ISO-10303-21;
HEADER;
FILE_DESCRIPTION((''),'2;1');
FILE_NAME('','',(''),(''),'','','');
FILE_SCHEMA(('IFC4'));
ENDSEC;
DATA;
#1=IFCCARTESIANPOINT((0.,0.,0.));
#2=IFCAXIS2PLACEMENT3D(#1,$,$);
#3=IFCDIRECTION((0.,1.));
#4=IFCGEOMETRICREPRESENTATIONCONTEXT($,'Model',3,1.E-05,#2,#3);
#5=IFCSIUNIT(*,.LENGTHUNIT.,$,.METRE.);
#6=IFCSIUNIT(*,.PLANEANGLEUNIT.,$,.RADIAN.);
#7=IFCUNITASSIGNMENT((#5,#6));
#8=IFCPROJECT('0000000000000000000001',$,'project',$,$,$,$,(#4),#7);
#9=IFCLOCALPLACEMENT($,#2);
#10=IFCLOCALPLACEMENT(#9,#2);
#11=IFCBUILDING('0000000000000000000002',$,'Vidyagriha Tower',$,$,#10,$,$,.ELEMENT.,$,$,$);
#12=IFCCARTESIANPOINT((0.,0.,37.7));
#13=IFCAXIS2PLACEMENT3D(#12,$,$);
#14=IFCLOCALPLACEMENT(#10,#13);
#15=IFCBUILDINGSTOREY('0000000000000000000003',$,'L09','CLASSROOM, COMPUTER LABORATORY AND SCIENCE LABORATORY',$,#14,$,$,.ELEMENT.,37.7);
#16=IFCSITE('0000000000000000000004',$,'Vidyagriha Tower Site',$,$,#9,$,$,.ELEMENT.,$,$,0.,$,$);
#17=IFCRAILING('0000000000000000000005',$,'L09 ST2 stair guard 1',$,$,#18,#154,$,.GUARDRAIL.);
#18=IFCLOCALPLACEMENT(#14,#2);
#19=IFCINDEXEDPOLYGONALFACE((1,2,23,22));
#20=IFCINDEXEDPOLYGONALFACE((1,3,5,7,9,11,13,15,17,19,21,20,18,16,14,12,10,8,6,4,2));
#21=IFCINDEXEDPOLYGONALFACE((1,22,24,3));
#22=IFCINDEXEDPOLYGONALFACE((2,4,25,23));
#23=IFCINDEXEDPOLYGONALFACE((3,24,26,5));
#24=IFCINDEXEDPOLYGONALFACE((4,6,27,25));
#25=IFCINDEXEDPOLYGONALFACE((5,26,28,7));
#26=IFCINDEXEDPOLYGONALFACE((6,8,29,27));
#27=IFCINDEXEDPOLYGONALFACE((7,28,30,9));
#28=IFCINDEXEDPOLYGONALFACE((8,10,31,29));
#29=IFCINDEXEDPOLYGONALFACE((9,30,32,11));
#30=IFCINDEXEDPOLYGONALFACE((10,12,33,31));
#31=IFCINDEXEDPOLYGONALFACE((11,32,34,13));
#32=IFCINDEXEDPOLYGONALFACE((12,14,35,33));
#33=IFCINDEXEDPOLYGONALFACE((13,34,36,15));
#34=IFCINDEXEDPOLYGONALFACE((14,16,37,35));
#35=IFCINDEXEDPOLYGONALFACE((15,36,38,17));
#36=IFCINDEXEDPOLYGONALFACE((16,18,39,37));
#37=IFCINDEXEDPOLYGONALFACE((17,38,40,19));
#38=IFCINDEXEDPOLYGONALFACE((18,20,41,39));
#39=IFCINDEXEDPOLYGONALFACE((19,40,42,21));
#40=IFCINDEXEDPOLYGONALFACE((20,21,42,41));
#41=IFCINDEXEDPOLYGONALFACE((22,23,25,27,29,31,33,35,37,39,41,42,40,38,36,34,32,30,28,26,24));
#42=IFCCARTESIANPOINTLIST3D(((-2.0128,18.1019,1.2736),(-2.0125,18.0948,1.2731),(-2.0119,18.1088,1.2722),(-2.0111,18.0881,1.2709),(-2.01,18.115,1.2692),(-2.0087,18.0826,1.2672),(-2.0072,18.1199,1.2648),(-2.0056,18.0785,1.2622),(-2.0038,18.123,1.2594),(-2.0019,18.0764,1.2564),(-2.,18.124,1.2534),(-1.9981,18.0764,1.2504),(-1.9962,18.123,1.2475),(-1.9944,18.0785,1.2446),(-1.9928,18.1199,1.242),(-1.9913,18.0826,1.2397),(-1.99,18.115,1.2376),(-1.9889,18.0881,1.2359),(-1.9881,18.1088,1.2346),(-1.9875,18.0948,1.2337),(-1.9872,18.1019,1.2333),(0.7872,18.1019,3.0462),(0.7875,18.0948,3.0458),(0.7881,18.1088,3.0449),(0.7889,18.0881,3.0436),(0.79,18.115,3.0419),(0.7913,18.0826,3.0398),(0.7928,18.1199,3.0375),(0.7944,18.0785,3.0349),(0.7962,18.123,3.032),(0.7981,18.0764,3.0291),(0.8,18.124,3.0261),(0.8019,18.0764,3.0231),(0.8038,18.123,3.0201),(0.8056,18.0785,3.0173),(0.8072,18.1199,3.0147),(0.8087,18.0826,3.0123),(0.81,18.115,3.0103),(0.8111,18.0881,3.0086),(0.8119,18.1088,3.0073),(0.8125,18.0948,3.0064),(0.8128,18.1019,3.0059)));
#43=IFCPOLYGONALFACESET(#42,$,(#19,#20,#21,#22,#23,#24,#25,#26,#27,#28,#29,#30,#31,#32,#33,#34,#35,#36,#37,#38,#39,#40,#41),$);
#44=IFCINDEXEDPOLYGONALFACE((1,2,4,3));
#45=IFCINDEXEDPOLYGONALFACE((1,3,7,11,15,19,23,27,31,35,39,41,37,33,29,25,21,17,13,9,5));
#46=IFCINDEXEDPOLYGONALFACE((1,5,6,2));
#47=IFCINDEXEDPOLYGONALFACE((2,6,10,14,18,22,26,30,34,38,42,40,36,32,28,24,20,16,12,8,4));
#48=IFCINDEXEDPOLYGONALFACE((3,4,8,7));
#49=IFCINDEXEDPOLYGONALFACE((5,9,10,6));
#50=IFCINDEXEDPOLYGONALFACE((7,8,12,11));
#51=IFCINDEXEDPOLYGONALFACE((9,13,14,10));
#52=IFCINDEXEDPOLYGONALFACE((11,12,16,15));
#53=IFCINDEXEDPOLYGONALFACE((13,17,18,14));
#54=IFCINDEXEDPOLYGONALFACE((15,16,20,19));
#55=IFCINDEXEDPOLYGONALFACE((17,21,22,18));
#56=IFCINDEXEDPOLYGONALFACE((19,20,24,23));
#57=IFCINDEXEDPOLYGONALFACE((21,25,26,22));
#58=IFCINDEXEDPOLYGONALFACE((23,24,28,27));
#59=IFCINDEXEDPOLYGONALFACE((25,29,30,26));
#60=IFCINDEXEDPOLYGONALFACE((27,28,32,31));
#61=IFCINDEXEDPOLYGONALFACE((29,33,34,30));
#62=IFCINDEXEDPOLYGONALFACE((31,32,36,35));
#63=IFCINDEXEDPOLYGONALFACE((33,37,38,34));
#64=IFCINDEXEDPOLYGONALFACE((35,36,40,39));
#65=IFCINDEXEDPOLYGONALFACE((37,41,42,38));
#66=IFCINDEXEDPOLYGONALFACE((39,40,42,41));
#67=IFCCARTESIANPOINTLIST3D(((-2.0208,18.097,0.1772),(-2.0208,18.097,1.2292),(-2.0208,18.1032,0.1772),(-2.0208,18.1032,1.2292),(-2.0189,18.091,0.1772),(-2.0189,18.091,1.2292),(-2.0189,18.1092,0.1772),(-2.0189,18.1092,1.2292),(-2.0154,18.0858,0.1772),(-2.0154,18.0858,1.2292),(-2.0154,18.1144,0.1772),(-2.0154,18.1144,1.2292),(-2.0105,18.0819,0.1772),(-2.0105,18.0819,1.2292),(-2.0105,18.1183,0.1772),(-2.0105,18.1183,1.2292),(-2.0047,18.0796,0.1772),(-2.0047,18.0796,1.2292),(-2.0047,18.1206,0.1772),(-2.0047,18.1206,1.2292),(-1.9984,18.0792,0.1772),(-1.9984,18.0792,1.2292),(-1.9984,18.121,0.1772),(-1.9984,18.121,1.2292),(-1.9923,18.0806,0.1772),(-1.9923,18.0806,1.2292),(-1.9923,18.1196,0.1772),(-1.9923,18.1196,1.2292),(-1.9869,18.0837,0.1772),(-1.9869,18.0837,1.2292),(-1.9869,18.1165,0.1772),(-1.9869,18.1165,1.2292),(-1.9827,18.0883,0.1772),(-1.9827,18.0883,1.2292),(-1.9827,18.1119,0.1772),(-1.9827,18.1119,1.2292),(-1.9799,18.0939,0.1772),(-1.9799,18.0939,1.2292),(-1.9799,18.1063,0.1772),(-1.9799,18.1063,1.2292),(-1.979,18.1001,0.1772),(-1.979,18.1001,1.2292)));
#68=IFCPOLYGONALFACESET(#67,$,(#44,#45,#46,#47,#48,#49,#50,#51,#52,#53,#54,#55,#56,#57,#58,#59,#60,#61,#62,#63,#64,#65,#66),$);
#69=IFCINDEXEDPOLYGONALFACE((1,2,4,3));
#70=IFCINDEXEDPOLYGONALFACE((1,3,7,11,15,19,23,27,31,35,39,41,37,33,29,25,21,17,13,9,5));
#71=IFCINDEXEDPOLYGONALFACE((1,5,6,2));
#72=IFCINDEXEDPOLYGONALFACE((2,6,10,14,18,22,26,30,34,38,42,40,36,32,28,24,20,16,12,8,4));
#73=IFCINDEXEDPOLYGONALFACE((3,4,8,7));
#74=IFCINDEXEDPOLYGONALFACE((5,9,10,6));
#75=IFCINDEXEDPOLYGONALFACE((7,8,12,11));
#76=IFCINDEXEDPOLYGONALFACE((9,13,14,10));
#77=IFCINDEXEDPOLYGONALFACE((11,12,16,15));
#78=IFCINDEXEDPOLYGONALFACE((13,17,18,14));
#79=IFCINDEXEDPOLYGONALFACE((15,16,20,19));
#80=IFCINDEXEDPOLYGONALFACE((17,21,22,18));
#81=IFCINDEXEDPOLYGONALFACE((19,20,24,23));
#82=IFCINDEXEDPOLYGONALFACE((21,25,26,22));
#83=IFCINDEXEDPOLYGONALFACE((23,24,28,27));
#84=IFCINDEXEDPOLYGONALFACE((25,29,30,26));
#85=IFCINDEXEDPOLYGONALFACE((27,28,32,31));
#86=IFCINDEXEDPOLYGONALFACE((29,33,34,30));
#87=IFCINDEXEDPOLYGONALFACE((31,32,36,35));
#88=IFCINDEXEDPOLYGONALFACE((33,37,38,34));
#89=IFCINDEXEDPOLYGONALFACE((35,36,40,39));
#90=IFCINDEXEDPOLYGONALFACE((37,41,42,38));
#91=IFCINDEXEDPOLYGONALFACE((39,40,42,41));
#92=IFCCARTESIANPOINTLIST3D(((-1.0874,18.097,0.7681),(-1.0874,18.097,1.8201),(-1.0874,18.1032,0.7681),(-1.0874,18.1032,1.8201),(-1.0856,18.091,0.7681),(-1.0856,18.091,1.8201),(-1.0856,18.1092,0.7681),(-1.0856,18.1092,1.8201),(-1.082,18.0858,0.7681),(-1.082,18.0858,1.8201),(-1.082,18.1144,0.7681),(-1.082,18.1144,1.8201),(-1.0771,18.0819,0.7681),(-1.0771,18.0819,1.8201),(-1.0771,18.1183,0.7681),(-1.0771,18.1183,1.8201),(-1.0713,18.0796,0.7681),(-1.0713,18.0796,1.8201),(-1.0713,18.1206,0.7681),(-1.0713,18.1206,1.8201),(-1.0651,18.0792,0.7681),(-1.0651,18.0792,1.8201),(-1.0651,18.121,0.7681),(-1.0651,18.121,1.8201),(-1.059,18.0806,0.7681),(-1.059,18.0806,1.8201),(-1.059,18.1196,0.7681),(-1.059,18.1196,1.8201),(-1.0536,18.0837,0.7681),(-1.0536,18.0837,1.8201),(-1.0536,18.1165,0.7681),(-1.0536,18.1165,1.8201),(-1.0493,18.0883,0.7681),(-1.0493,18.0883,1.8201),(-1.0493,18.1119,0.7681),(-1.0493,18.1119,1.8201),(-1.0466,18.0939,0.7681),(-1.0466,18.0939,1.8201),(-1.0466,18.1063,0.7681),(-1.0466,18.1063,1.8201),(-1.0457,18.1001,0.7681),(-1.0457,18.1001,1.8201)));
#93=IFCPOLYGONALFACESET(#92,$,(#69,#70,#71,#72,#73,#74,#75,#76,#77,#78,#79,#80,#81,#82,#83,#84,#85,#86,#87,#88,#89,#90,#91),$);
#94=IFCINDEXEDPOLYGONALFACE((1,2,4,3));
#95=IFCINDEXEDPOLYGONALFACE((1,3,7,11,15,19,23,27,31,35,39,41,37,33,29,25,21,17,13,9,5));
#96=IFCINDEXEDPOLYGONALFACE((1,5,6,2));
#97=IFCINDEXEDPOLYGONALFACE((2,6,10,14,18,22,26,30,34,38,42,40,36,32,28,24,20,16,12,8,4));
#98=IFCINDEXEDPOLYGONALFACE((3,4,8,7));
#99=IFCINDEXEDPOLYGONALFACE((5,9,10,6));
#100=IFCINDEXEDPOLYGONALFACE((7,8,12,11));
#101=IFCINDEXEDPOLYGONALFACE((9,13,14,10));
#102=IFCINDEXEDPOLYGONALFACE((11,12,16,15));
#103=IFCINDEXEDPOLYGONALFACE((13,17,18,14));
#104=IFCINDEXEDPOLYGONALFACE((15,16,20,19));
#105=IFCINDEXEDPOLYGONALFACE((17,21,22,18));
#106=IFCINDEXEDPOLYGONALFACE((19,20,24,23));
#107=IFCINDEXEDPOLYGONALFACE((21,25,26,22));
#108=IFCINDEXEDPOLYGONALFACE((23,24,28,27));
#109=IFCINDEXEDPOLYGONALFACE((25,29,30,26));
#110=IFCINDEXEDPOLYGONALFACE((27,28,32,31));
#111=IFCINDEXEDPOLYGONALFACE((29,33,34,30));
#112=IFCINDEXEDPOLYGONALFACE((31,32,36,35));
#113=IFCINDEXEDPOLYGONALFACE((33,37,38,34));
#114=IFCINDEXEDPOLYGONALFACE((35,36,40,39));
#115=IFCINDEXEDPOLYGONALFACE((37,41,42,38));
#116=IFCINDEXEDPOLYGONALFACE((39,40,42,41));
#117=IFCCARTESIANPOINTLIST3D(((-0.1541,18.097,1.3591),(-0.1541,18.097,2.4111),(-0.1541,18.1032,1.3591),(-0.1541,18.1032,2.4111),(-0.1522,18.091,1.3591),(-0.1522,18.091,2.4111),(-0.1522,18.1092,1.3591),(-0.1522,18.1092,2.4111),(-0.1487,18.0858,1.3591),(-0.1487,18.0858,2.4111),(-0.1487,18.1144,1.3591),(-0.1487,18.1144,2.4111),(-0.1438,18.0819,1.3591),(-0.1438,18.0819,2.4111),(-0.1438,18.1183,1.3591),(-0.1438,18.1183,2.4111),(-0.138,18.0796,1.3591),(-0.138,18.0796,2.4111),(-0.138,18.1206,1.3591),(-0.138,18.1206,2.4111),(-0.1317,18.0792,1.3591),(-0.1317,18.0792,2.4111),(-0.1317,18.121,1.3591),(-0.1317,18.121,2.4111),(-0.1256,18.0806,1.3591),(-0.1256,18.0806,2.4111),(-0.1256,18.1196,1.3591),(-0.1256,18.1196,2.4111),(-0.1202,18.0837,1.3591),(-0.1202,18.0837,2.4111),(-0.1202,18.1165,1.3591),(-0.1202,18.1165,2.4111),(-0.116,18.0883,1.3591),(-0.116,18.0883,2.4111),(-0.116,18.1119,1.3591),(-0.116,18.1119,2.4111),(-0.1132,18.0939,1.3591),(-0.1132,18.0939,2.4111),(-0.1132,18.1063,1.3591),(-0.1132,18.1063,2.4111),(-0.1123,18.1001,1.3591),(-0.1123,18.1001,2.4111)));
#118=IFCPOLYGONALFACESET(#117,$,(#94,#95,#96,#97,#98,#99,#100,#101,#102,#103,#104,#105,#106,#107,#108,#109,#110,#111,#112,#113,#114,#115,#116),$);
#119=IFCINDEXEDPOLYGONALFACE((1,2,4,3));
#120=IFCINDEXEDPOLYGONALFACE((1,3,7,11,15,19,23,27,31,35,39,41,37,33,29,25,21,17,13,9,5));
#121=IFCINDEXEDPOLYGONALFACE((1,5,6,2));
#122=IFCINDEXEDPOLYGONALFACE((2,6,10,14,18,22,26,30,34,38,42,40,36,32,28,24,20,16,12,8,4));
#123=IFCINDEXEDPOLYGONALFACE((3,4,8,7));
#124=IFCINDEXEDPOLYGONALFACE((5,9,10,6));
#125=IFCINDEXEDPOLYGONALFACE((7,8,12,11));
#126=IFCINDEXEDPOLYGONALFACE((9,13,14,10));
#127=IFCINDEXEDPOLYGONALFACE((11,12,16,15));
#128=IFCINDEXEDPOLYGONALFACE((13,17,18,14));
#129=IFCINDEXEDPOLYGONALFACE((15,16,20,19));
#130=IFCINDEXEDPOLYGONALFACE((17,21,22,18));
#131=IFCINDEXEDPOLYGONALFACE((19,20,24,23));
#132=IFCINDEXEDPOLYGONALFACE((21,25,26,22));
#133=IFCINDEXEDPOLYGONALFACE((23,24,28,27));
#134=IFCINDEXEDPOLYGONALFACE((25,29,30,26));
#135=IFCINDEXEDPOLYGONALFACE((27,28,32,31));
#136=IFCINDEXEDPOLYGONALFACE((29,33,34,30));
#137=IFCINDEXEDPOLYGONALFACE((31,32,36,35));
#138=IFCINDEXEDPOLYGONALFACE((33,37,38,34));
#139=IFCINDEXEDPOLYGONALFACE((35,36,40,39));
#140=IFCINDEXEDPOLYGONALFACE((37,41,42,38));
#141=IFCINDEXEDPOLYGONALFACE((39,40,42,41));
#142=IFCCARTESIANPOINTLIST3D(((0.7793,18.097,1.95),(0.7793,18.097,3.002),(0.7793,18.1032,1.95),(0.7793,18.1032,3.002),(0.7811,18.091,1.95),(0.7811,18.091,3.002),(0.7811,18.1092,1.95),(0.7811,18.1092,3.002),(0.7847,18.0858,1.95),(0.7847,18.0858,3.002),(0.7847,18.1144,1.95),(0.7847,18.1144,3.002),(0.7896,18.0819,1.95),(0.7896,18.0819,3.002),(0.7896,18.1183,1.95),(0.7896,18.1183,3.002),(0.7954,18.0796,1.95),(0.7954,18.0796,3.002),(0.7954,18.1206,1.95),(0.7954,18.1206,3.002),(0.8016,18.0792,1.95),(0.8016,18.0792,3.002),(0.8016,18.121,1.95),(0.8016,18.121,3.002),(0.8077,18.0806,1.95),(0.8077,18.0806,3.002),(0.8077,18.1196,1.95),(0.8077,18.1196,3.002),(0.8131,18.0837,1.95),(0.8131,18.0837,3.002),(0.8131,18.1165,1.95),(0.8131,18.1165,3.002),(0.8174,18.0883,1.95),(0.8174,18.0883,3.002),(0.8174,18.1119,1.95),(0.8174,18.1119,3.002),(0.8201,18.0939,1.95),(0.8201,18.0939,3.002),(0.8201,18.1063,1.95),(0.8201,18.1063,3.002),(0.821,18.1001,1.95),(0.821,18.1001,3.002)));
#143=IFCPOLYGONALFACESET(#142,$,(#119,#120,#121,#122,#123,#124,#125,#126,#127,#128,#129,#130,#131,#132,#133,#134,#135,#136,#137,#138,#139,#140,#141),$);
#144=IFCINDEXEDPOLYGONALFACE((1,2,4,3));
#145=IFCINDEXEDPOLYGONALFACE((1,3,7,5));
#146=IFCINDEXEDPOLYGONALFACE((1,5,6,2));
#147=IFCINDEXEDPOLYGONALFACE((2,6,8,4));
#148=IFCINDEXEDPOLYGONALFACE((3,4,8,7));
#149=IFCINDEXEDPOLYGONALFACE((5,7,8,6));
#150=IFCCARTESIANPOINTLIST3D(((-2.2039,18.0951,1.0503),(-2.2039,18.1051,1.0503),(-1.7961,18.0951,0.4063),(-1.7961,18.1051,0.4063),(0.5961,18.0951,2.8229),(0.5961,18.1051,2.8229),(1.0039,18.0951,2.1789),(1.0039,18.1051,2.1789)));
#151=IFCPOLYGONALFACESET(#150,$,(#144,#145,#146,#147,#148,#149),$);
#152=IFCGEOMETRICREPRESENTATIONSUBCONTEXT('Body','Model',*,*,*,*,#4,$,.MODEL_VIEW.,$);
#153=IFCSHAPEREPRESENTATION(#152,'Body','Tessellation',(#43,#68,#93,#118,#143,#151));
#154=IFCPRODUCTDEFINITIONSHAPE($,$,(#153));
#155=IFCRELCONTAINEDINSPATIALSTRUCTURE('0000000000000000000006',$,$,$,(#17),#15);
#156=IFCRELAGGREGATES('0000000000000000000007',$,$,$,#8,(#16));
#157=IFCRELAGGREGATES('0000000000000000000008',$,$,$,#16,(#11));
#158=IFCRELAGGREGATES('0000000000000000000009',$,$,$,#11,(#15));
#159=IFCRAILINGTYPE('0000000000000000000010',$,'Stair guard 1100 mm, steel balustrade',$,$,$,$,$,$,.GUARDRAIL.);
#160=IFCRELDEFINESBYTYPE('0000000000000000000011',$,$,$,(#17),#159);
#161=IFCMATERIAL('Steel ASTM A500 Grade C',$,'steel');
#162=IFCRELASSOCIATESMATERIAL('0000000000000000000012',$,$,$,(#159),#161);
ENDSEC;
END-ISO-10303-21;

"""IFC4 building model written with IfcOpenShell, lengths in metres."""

from ifc_helpers import new_model, si_unit, direction, frame, origin, origin_2d, place, context, subcontext, project, spatial, rectangle, circle, extrude, material, type_object, element, save


model = new_model("IFC4")

# Units and contexts
model_context = context("Model", 3, precision=1e-05, world=origin(), true_north=direction((0.0, 1.0)))
body_context = subcontext(model_context, "Body", "Model", "MODEL_VIEW")
ifc_project = project(units=[si_unit("LENGTHUNIT", "METRE"), si_unit("PLANEANGLEUNIT", "RADIAN")], contexts=[model_context])

# Site, building, storey
site_placement = place(None, origin())
site = spatial("IfcSite", under=ifc_project, at=site_placement, Name="Vidyagriha Tower Site", CompositionType="ELEMENT", RefElevation=0.0)
building_placement = place(site_placement, origin())
building = spatial("IfcBuilding", under=site, at=building_placement, Name="Vidyagriha Tower", CompositionType="ELEMENT")
storey_placement = place(building_placement, frame((0.0, 0.0, 37.7)))
storey = spatial("IfcBuildingStorey", under=building, at=storey_placement, Name="L09", Description="CLASSROOM, COMPUTER LABORATORY AND SCIENCE LABORATORY", CompositionType="ELEMENT", Elevation=37.7)

# Railing
ifc_material_1 = material(Name="Steel ASTM A500 Grade C", Category="steel")
railing_type_1 = type_object("IfcRailingType", Name="Stair guard 1100 mm, steel balustrade", PredefinedType="GUARDRAIL", material=ifc_material_1)
railing_1_placement = place(storey_placement, frame((-2.0, 18.1001, 0.1772)))
element("IfcRailing", 1, at=railing_1_placement, inside=storey, type_object=railing_type_1, Name="L09 ST2 stair guard 1", PredefinedType="GUARDRAIL", context=body_context, shape_type="SweptSolid", body=[
    extrude(circle(Radius=0.0239, at=origin_2d()), frame((0.0, 0.0, 1.0762), z_axis=(0.844909, 0.0, 0.53491), x_axis=(0.0, 1.0, 0.0)), (0.0, 0.0, 1.0), 3.314),
    extrude(circle(Radius=0.021, at=origin_2d()), origin(), (0.0, 0.0, 1.0), 1.052),
    extrude(circle(Radius=0.021, at=origin_2d()), frame((0.9333, 0.0, 0.5908)), (0.0, 0.0, 1.0), 1.052),
    extrude(circle(Radius=0.021, at=origin_2d()), frame((1.8667, 0.0, 1.1819)), (0.0, 0.0, 1.0), 1.052),
    extrude(circle(Radius=0.021, at=origin_2d()), frame((2.8, 0.0, 1.7727)), (0.0, 0.0, 1.0), 1.052),
    extrude(rectangle(XDim=0.01, YDim=0.7622, at=origin_2d()), frame((0.0, 0.0, 0.551), z_axis=(0.844909, 0.0, 0.53491), x_axis=(0.0, 1.0, 0.0)), (0.0, 0.0, 1.0), 3.314),
])

save(model, "model.ifc")
